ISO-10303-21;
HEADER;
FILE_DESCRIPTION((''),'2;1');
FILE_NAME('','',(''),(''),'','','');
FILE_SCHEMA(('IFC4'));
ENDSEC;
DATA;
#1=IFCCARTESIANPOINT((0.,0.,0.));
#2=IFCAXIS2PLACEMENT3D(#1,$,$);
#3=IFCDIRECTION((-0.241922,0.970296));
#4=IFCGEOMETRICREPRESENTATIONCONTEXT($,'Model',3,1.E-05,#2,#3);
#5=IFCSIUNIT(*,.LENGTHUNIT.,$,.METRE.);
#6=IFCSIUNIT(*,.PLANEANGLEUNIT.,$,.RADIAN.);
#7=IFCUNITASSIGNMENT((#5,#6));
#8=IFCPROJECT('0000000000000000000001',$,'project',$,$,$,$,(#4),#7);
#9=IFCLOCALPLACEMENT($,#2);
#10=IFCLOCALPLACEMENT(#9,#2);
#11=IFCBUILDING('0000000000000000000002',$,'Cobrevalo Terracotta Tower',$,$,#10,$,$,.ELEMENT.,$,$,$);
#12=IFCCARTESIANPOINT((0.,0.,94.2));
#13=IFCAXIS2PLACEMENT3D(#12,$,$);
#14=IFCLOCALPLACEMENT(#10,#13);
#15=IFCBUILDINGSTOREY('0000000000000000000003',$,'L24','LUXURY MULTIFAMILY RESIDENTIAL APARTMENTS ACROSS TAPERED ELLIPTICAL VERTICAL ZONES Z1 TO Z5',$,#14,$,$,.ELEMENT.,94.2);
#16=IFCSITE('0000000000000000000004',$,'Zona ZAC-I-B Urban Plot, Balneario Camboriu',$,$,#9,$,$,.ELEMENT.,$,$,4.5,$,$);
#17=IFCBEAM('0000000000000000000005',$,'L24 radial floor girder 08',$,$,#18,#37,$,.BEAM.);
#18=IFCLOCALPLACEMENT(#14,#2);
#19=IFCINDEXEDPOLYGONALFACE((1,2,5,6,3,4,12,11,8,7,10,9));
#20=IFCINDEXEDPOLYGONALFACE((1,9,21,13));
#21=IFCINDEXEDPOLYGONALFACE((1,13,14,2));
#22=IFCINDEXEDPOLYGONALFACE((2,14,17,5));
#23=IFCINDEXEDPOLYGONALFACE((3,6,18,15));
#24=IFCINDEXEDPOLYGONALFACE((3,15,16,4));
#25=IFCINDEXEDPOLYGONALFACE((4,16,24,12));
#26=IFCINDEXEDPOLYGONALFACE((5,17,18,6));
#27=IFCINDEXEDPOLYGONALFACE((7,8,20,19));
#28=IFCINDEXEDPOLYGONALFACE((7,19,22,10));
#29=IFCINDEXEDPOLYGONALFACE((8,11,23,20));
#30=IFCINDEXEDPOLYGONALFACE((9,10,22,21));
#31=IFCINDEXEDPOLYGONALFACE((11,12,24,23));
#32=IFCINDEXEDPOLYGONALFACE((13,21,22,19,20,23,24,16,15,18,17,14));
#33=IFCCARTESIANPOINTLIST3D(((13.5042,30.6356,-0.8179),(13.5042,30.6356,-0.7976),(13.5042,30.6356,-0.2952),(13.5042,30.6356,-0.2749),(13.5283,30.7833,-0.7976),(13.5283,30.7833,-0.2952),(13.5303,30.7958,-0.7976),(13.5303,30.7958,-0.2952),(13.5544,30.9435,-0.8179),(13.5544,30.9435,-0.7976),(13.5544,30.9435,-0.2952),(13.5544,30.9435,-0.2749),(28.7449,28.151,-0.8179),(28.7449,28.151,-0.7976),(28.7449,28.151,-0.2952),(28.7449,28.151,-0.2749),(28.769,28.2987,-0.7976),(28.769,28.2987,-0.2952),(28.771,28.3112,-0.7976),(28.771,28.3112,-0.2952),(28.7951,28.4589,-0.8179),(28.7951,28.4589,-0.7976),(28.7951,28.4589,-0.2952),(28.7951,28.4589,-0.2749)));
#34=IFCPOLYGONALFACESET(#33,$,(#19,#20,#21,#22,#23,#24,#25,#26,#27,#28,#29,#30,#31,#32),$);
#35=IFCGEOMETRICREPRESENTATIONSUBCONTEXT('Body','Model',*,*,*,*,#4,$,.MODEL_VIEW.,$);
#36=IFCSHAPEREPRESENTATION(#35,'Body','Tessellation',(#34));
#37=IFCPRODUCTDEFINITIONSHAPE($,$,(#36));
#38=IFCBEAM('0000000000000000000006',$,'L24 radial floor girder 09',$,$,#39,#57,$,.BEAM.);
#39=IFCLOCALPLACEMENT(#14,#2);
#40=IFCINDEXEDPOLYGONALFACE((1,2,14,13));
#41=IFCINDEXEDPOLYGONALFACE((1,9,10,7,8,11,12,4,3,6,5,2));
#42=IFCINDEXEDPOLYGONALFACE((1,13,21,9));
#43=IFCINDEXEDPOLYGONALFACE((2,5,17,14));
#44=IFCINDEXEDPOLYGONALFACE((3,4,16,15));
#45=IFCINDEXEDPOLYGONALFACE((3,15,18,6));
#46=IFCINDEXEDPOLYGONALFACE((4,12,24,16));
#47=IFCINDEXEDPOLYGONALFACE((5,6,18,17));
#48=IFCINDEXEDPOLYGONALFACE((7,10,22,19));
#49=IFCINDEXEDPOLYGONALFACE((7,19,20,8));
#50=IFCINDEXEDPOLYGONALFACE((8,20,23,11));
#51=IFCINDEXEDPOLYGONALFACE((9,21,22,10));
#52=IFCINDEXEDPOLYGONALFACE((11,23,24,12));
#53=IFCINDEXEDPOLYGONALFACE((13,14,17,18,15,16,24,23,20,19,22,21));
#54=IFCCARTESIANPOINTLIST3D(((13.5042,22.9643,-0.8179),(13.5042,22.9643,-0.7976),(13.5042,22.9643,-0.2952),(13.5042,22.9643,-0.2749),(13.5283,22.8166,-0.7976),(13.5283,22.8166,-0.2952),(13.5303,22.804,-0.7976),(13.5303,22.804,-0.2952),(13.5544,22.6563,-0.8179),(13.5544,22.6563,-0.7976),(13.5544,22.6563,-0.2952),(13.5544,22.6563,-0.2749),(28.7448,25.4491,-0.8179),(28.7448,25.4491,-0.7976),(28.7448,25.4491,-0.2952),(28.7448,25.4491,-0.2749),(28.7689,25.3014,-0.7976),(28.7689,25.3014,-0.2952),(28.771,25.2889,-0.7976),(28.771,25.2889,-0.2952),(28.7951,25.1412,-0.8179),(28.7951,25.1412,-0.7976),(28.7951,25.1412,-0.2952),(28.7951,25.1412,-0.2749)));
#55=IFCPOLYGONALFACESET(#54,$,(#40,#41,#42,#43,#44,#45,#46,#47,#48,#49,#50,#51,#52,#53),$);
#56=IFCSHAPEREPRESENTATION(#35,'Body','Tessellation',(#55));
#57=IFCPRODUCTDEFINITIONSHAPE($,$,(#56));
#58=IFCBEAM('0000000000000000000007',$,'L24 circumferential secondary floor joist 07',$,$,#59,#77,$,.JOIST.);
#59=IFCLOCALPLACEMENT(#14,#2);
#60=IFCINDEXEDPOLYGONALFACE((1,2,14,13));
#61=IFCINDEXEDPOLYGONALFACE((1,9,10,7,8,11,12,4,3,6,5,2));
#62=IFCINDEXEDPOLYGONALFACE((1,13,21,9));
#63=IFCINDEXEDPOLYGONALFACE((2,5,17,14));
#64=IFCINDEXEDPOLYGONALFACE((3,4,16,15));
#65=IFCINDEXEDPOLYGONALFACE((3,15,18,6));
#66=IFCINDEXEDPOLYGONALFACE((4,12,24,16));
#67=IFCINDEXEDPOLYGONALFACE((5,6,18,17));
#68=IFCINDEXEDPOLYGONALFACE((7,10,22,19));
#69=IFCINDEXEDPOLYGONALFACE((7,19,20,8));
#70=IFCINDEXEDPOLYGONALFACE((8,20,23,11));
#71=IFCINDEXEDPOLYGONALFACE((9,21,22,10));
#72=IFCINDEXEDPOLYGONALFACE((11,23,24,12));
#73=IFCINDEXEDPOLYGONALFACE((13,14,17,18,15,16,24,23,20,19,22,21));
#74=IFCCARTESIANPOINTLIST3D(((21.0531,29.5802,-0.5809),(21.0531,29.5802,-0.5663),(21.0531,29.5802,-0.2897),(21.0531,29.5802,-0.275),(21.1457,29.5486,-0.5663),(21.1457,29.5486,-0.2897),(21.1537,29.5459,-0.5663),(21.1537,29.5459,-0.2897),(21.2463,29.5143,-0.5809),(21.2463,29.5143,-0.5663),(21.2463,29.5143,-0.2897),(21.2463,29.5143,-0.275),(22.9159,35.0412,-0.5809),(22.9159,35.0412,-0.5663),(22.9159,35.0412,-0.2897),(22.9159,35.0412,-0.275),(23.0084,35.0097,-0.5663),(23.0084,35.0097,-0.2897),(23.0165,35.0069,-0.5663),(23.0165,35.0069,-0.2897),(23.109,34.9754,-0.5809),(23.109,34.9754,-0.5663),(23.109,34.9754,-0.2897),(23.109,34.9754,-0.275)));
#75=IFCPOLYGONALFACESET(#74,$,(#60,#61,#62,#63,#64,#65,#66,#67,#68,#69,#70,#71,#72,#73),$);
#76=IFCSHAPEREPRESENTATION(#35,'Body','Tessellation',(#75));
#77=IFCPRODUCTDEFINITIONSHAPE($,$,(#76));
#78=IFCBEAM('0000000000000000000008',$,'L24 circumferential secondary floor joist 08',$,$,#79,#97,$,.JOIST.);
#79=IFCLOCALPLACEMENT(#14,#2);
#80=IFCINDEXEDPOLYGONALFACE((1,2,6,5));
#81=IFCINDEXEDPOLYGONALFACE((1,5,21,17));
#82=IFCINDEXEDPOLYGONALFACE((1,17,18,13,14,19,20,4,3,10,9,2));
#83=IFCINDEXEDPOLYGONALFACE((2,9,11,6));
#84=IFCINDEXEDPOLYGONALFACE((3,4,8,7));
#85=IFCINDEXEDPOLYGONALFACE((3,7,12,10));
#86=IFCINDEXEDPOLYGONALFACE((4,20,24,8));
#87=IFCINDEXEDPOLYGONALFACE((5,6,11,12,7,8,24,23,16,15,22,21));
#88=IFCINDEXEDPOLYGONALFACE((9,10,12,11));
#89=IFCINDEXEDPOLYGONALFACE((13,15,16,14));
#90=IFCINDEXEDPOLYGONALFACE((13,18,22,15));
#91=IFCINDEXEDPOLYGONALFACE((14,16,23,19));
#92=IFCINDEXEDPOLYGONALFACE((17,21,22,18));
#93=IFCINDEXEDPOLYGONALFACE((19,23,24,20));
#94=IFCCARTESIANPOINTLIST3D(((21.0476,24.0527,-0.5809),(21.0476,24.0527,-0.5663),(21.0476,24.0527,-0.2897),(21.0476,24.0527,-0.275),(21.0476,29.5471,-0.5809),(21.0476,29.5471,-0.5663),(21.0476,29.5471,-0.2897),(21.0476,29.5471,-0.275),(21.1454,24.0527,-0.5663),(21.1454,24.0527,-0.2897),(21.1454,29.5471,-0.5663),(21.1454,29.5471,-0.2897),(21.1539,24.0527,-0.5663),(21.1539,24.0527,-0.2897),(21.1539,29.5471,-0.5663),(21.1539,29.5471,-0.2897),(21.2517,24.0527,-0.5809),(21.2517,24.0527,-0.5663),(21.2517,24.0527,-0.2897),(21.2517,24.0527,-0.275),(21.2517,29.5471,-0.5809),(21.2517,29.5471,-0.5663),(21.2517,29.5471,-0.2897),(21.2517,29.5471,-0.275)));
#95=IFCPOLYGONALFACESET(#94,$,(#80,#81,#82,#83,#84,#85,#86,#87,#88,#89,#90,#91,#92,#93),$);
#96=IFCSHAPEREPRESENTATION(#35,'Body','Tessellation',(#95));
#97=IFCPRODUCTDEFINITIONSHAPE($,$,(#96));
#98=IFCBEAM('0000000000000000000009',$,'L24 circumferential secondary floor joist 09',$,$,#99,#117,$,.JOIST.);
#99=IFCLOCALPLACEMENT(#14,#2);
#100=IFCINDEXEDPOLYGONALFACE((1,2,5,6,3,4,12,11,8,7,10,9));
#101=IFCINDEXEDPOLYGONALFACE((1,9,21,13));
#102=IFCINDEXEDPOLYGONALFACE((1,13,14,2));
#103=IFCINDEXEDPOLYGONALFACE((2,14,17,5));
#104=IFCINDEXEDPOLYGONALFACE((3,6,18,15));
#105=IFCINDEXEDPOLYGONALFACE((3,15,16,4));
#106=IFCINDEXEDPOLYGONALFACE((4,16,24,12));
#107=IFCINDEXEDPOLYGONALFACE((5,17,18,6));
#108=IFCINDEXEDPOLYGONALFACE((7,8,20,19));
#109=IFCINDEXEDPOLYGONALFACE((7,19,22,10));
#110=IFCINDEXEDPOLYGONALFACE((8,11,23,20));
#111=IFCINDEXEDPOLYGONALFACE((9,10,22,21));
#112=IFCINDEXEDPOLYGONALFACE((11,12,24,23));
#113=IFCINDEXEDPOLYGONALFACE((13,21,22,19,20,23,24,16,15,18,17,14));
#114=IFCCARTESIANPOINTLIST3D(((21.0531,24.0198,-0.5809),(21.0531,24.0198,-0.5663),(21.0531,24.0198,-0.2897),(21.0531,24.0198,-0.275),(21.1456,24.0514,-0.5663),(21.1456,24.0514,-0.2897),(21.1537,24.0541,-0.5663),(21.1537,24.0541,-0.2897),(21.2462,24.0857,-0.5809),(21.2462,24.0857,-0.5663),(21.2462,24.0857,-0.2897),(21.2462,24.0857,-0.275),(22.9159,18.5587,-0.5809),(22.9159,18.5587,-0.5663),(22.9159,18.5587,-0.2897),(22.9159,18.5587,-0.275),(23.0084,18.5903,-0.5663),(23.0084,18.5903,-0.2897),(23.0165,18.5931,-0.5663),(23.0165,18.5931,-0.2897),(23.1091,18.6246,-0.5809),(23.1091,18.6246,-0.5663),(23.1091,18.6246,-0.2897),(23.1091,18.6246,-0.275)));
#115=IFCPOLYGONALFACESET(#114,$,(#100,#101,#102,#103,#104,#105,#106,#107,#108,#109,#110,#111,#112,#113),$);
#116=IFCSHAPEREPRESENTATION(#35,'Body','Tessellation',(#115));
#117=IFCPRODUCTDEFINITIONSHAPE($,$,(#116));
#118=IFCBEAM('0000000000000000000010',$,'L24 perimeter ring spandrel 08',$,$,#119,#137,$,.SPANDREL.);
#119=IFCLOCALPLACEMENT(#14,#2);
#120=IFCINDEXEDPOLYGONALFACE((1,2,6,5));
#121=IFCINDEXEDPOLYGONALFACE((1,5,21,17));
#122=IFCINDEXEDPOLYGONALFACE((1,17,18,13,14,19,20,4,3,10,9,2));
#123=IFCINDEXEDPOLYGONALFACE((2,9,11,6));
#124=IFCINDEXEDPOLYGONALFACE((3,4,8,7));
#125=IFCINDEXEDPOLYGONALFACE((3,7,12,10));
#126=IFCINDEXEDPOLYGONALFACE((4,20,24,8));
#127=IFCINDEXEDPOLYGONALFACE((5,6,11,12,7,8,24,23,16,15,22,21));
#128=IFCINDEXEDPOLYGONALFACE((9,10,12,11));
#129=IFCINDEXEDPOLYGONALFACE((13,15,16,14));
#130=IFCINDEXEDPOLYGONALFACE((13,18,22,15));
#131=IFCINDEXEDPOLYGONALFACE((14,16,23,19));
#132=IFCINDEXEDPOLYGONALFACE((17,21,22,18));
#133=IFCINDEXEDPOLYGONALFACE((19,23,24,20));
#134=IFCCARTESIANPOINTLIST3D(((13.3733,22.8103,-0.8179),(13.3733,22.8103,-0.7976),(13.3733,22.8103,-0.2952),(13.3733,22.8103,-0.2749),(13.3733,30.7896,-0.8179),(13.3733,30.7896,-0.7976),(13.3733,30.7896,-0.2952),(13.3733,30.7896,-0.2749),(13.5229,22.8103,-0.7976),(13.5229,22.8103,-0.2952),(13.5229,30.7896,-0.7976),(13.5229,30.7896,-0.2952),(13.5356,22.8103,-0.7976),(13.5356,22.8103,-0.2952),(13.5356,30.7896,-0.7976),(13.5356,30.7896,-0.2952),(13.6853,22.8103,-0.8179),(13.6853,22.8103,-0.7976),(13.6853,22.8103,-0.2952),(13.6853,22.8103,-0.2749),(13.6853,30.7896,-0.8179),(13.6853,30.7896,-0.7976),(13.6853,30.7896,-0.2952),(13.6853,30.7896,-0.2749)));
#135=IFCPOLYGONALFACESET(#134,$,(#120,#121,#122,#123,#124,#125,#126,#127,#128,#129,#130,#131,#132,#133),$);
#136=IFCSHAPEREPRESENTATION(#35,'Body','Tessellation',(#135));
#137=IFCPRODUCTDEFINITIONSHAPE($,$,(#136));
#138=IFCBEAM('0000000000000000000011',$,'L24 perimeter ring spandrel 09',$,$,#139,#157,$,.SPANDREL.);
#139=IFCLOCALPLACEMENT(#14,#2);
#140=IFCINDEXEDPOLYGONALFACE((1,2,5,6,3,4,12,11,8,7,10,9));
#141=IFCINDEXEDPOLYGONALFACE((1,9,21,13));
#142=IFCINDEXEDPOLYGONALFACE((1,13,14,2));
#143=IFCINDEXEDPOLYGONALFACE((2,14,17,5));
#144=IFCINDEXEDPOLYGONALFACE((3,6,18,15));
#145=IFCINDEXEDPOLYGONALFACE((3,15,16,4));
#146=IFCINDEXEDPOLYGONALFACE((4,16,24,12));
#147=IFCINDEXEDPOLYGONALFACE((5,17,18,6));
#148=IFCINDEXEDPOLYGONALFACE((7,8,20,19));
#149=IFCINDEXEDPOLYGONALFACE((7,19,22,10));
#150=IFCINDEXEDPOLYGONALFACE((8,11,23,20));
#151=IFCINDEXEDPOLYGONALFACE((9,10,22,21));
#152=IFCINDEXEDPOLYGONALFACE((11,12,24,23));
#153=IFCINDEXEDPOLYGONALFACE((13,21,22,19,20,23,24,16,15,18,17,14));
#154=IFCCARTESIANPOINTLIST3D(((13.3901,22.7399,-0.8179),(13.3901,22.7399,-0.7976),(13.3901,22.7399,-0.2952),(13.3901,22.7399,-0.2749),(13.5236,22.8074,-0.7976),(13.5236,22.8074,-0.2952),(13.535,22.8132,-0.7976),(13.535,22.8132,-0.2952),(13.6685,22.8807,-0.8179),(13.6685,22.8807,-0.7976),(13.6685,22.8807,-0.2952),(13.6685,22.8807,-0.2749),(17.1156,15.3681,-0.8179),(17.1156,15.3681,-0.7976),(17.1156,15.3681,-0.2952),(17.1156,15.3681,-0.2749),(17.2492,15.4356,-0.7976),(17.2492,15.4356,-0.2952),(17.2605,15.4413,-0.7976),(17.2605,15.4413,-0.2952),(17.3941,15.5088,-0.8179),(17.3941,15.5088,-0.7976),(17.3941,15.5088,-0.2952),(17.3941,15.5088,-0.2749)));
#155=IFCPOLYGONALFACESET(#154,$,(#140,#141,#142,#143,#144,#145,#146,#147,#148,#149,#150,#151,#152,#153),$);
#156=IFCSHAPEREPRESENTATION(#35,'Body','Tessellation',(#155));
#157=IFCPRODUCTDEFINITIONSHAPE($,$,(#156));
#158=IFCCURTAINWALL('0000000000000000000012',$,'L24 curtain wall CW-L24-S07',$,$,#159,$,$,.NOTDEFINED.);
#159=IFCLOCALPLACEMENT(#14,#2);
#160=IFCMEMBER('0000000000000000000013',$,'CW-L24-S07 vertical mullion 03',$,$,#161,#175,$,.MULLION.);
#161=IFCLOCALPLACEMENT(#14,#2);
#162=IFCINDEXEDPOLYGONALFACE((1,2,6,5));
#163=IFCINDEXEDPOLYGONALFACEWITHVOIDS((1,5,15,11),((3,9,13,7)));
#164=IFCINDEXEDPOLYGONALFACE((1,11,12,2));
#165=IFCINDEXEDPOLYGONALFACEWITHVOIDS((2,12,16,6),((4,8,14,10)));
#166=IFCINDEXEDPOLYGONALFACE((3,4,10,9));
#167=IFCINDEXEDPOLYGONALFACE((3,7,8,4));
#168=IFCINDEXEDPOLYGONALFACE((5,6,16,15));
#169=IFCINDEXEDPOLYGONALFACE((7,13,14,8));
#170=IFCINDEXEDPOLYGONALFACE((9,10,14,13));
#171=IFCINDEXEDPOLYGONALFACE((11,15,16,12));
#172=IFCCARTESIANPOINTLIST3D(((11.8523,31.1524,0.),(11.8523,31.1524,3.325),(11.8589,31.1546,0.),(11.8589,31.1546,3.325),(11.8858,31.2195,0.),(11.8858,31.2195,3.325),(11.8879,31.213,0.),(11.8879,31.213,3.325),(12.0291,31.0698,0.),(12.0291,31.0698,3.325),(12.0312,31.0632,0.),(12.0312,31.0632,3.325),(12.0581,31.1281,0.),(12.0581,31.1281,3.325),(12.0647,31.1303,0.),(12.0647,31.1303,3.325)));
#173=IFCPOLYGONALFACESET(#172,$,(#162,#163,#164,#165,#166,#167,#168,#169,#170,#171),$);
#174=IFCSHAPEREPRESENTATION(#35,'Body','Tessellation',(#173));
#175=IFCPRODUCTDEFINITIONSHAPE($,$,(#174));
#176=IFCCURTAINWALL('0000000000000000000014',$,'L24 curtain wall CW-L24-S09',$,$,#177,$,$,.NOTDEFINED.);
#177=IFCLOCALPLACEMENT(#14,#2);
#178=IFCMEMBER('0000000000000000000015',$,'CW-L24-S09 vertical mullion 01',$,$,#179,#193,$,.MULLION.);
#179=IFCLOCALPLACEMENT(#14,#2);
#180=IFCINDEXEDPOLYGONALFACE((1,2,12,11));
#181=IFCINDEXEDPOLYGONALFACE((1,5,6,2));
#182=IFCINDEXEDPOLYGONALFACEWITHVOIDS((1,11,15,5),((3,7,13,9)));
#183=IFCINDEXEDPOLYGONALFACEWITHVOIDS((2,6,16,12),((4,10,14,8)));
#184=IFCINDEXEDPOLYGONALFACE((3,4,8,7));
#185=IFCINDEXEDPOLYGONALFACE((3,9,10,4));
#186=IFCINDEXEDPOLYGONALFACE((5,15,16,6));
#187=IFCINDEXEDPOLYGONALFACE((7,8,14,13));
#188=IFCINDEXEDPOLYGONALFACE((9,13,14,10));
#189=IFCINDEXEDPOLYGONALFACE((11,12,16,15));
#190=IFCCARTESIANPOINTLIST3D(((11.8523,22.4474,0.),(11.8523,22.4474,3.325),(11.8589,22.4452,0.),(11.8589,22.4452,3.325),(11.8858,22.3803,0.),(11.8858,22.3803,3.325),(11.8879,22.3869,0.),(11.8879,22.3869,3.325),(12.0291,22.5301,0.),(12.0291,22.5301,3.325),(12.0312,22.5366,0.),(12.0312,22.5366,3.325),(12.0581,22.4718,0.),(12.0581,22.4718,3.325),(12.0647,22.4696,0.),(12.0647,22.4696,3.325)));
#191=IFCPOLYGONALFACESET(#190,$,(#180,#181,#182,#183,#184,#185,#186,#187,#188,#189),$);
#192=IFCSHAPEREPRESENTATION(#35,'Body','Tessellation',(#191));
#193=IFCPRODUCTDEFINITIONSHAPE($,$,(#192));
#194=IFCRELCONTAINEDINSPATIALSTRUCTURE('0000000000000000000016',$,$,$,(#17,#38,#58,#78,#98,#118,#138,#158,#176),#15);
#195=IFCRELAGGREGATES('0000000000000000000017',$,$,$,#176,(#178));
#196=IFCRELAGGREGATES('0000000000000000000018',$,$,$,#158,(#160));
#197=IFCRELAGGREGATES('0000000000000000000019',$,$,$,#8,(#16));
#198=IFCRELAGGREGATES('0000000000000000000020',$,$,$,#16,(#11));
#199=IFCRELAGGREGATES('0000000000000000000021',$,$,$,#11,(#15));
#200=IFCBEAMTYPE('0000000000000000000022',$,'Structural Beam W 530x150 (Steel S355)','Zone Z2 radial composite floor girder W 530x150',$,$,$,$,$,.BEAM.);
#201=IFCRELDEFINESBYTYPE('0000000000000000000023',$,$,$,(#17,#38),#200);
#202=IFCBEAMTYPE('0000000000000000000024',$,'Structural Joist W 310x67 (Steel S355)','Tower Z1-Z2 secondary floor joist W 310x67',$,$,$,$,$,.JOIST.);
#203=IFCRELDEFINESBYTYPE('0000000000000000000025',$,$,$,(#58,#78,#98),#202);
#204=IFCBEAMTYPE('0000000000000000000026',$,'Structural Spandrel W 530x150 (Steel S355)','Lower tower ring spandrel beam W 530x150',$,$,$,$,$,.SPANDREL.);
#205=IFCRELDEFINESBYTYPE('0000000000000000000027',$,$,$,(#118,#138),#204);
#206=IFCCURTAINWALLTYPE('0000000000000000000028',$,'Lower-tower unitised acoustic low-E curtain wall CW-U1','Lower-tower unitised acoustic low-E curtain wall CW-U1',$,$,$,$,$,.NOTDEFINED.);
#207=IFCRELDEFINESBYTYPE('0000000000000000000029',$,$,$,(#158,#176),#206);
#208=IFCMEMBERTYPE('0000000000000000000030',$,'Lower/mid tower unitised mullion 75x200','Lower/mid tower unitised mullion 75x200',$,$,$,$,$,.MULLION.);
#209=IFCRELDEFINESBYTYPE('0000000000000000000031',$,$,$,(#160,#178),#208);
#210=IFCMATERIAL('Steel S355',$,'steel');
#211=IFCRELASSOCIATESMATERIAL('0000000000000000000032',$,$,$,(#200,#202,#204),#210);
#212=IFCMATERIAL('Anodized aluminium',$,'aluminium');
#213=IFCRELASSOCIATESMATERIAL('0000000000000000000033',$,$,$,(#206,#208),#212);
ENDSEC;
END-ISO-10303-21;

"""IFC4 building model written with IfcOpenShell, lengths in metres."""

from ifc_helpers import new_model, si_unit, direction, frame, origin, origin_2d, place, context, subcontext, project, spatial, hollow_rectangle, i_section, extrude, source, transform, mapped, material, material_profile, profile_set, type_object, element, aggregate, save


model = new_model("IFC4")

# Units and contexts
model_context = context("Model", 3, precision=1e-05, world=origin(), true_north=direction((-0.241922, 0.970296)))
body_context = subcontext(model_context, "Body", "Model", "MODEL_VIEW")
ifc_project = project(units=[si_unit("LENGTHUNIT", "METRE"), si_unit("PLANEANGLEUNIT", "RADIAN")], contexts=[model_context])

# Site, building, storey
site_placement = place(None, origin())
site = spatial("IfcSite", under=ifc_project, at=site_placement, Name="Zona ZAC-I-B Urban Plot, Balneario Camboriu", CompositionType="ELEMENT", RefElevation=4.5)
building_placement = place(site_placement, origin())
building = spatial("IfcBuilding", under=site, at=building_placement, Name="Cobrevalo Terracotta Tower", CompositionType="ELEMENT")
storey_placement = place(building_placement, frame((0.0, 0.0, 94.2)))
storey = spatial("IfcBuildingStorey", under=building, at=storey_placement, Name="L24", Description="LUXURY MULTIFAMILY RESIDENTIAL APARTMENTS ACROSS TAPERED ELLIPTICAL VERTICAL ZONES Z1 TO Z5", CompositionType="ELEMENT", Elevation=94.2)

# Shared definitions
ifc_material_1 = material(Name="Steel S355", Category="steel")

# Beams
ifc_material_profile_1 = material_profile(ifc_material_1, i_section(OverallWidth=0.312, OverallDepth=0.543, WebThickness=0.0127, FlangeThickness=0.0203, at=origin_2d()), Name="W 530x150")
ifc_profile_set_1 = profile_set([ifc_material_profile_1], Name="Steel S355")
beam_type_1 = type_object("IfcBeamType", Name="Structural Beam W 530x150 (Steel S355)", Description="Zone Z2 radial composite floor girder W 530x150", PredefinedType="BEAM", material=ifc_profile_set_1)
for number, where, z_axis, x_axis, name in (
    (1, (13.5293, 30.7896, -0.5464), (0.986971, -0.160901, 0.0), (0.160901, 0.986971, 0.0), "L24 radial floor girder 08"),
    (2, (13.5293, 22.8103, -0.5464), (0.986968, 0.160916, 0.0), (-0.160916, 0.986968, 0.0), "L24 radial floor girder 09"),
):
    element("IfcBeam", number, at=place(storey_placement, frame(where, z_axis=z_axis, x_axis=x_axis)), inside=storey, type_object=beam_type_1, Name=name, PredefinedType="BEAM", context=body_context, shape_type="SweptSolid", body=[
        extrude(i_section(OverallWidth=0.312, OverallDepth=0.543, WebThickness=0.0127, FlangeThickness=0.0203, at=origin_2d()), origin(), (0.0, 0.0, 1.0), 15.4419),
    ])
ifc_material_profile_2 = material_profile(ifc_material_1, i_section(OverallWidth=0.2041, OverallDepth=0.3059, WebThickness=0.0085, FlangeThickness=0.0146, at=origin_2d()), Name="W 310x67")
ifc_profile_set_2 = profile_set([ifc_material_profile_2], Name="Steel S355")
beam_type_2 = type_object("IfcBeamType", Name="Structural Joist W 310x67 (Steel S355)", Description="Tower Z1-Z2 secondary floor joist W 310x67", PredefinedType="JOIST", material=ifc_profile_set_2)
beam_1_placement = place(storey_placement, frame((23.0125, 35.0083, -0.428), z_axis=(-0.322833, -0.946456, 0.0), x_axis=(0.946456, -0.322833, 0.0)))
element("IfcBeam", 3, at=beam_1_placement, inside=storey, type_object=beam_type_2, Name="L24 circumferential secondary floor joist 07", PredefinedType="JOIST", context=body_context, shape_type="SweptSolid", body=[
    extrude(i_section(OverallWidth=0.2041, OverallDepth=0.3059, WebThickness=0.0085, FlangeThickness=0.0146, at=origin_2d()), origin(), (0.0, 0.0, 1.0), 5.77),
])
beam_2_placement = place(storey_placement, frame((21.1497, 29.5471, -0.428), z_axis=(0.0, -1.0, 0.0), x_axis=(1.0, 0.0, 0.0)))
element("IfcBeam", 4, at=beam_2_placement, inside=storey, type_object=beam_type_2, Name="L24 circumferential secondary floor joist 08", PredefinedType="JOIST", context=body_context, shape_type="SweptSolid", body=[
    extrude(i_section(OverallWidth=0.2041, OverallDepth=0.3059, WebThickness=0.0085, FlangeThickness=0.0146, at=origin_2d()), origin(), (0.0, 0.0, 1.0), 5.4944),
])
beam_3_placement = place(storey_placement, frame((21.1497, 24.0527, -0.428), z_axis=(0.322846, -0.946451, 0.0), x_axis=(0.946451, 0.322846, 0.0)))
element("IfcBeam", 5, at=beam_3_placement, inside=storey, type_object=beam_type_2, Name="L24 circumferential secondary floor joist 09", PredefinedType="JOIST", context=body_context, shape_type="SweptSolid", body=[
    extrude(i_section(OverallWidth=0.2041, OverallDepth=0.3059, WebThickness=0.0085, FlangeThickness=0.0146, at=origin_2d()), origin(), (0.0, 0.0, 1.0), 5.77),
])
ifc_material_profile_3 = material_profile(ifc_material_1, i_section(OverallWidth=0.312, OverallDepth=0.543, WebThickness=0.0127, FlangeThickness=0.0203, at=origin_2d()), Name="W 530x150")
ifc_profile_set_3 = profile_set([ifc_material_profile_3], Name="Steel S355")
beam_type_3 = type_object("IfcBeamType", Name="Structural Spandrel W 530x150 (Steel S355)", Description="Lower tower ring spandrel beam W 530x150", PredefinedType="SPANDREL", material=ifc_profile_set_3)
beam_4_placement = place(storey_placement, frame((13.5293, 30.7896, -0.5464), z_axis=(0.0, -1.0, 0.0), x_axis=(1.0, 0.0, 0.0)))
element("IfcBeam", 6, at=beam_4_placement, inside=storey, type_object=beam_type_3, Name="L24 perimeter ring spandrel 08", PredefinedType="SPANDREL", context=body_context, shape_type="SweptSolid", body=[
    extrude(i_section(OverallWidth=0.312, OverallDepth=0.543, WebThickness=0.0127, FlangeThickness=0.0203, at=origin_2d()), origin(), (0.0, 0.0, 1.0), 7.9792),
])
beam_5_placement = place(storey_placement, frame((13.5293, 22.8103, -0.5464), z_axis=(0.451052, -0.892498, 0.0), x_axis=(0.892498, 0.451052, 0.0)))
element("IfcBeam", 7, at=beam_5_placement, inside=storey, type_object=beam_type_3, Name="L24 perimeter ring spandrel 09", PredefinedType="SPANDREL", context=body_context, shape_type="SweptSolid", body=[
    extrude(i_section(OverallWidth=0.312, OverallDepth=0.543, WebThickness=0.0127, FlangeThickness=0.0203, at=origin_2d()), origin(), (0.0, 0.0, 1.0), 8.2598),
])

# Curtain walls, members
ifc_material_2 = material(Name="Anodized aluminium", Category="aluminium")
curtain_wall_type = type_object("IfcCurtainWallType", Name="Lower-tower unitised acoustic low-E curtain wall CW-U1", Description="Lower-tower unitised acoustic low-E curtain wall CW-U1", PredefinedType="NOTDEFINED", material=ifc_material_2)
curtain_wall_1_placement = place(storey_placement, origin())
curtain_wall_1 = element("IfcCurtainWall", 8, at=curtain_wall_1_placement, inside=storey, type_object=curtain_wall_type, Name="L24 curtain wall CW-L24-S07", PredefinedType="NOTDEFINED")
ifc_material_profile_4 = material_profile(ifc_material_2, hollow_rectangle(XDim=0.075, YDim=0.2, WallThickness=0.0049, at=origin_2d()), Name="CWM 75x200")
ifc_profile_set_4 = profile_set([ifc_material_profile_4], Name="Anodized aluminium")
member_type_1 = type_object("IfcMemberType", Name="Lower/mid tower unitised mullion 75x200", Description="Lower/mid tower unitised mullion 75x200", PredefinedType="MULLION", material=ifc_profile_set_4)
shared_shape_1 = source(origin(), body_context, "Body", "SweptSolid", [
    extrude(hollow_rectangle(XDim=0.075, YDim=0.2, WallThickness=0.0049, at=origin_2d()), origin(), (0.0, 0.0, 1.0), 3.325),
])
member_1_placement = place(storey_placement, frame((11.9585, 31.1414, 0.0), z_axis=(0.0, 0.0, 1.0), x_axis=(-0.44626, -0.894903, 0.0)))
member_1 = element("IfcMember", 9, at=member_1_placement, type_object=member_type_1, Name="CW-L24-S07 vertical mullion 03", PredefinedType="MULLION", context=body_context, shape_type="MappedRepresentation", body=[
    mapped(shared_shape_1, transform((0.0, 0.0, 0.0), scale=1.0)),
])
curtain_wall_2_placement = place(storey_placement, origin())
curtain_wall_2 = element("IfcCurtainWall", 10, at=curtain_wall_2_placement, inside=storey, type_object=curtain_wall_type, Name="L24 curtain wall CW-L24-S09", PredefinedType="NOTDEFINED")
member_2_placement = place(storey_placement, frame((11.9585, 22.4585, 0.0), z_axis=(0.0, 0.0, 1.0), x_axis=(0.44626, -0.894903, 0.0)))
member_2 = element("IfcMember", 11, at=member_2_placement, type_object=member_type_1, Name="CW-L24-S09 vertical mullion 01", PredefinedType="MULLION", context=body_context, shape_type="MappedRepresentation", body=[
    mapped(shared_shape_1, transform((0.0, 0.0, 0.0), scale=1.0)),
])
aggregate(curtain_wall_2, [member_2])

aggregate(curtain_wall_1, [member_1])

save(model, "model.ifc")
